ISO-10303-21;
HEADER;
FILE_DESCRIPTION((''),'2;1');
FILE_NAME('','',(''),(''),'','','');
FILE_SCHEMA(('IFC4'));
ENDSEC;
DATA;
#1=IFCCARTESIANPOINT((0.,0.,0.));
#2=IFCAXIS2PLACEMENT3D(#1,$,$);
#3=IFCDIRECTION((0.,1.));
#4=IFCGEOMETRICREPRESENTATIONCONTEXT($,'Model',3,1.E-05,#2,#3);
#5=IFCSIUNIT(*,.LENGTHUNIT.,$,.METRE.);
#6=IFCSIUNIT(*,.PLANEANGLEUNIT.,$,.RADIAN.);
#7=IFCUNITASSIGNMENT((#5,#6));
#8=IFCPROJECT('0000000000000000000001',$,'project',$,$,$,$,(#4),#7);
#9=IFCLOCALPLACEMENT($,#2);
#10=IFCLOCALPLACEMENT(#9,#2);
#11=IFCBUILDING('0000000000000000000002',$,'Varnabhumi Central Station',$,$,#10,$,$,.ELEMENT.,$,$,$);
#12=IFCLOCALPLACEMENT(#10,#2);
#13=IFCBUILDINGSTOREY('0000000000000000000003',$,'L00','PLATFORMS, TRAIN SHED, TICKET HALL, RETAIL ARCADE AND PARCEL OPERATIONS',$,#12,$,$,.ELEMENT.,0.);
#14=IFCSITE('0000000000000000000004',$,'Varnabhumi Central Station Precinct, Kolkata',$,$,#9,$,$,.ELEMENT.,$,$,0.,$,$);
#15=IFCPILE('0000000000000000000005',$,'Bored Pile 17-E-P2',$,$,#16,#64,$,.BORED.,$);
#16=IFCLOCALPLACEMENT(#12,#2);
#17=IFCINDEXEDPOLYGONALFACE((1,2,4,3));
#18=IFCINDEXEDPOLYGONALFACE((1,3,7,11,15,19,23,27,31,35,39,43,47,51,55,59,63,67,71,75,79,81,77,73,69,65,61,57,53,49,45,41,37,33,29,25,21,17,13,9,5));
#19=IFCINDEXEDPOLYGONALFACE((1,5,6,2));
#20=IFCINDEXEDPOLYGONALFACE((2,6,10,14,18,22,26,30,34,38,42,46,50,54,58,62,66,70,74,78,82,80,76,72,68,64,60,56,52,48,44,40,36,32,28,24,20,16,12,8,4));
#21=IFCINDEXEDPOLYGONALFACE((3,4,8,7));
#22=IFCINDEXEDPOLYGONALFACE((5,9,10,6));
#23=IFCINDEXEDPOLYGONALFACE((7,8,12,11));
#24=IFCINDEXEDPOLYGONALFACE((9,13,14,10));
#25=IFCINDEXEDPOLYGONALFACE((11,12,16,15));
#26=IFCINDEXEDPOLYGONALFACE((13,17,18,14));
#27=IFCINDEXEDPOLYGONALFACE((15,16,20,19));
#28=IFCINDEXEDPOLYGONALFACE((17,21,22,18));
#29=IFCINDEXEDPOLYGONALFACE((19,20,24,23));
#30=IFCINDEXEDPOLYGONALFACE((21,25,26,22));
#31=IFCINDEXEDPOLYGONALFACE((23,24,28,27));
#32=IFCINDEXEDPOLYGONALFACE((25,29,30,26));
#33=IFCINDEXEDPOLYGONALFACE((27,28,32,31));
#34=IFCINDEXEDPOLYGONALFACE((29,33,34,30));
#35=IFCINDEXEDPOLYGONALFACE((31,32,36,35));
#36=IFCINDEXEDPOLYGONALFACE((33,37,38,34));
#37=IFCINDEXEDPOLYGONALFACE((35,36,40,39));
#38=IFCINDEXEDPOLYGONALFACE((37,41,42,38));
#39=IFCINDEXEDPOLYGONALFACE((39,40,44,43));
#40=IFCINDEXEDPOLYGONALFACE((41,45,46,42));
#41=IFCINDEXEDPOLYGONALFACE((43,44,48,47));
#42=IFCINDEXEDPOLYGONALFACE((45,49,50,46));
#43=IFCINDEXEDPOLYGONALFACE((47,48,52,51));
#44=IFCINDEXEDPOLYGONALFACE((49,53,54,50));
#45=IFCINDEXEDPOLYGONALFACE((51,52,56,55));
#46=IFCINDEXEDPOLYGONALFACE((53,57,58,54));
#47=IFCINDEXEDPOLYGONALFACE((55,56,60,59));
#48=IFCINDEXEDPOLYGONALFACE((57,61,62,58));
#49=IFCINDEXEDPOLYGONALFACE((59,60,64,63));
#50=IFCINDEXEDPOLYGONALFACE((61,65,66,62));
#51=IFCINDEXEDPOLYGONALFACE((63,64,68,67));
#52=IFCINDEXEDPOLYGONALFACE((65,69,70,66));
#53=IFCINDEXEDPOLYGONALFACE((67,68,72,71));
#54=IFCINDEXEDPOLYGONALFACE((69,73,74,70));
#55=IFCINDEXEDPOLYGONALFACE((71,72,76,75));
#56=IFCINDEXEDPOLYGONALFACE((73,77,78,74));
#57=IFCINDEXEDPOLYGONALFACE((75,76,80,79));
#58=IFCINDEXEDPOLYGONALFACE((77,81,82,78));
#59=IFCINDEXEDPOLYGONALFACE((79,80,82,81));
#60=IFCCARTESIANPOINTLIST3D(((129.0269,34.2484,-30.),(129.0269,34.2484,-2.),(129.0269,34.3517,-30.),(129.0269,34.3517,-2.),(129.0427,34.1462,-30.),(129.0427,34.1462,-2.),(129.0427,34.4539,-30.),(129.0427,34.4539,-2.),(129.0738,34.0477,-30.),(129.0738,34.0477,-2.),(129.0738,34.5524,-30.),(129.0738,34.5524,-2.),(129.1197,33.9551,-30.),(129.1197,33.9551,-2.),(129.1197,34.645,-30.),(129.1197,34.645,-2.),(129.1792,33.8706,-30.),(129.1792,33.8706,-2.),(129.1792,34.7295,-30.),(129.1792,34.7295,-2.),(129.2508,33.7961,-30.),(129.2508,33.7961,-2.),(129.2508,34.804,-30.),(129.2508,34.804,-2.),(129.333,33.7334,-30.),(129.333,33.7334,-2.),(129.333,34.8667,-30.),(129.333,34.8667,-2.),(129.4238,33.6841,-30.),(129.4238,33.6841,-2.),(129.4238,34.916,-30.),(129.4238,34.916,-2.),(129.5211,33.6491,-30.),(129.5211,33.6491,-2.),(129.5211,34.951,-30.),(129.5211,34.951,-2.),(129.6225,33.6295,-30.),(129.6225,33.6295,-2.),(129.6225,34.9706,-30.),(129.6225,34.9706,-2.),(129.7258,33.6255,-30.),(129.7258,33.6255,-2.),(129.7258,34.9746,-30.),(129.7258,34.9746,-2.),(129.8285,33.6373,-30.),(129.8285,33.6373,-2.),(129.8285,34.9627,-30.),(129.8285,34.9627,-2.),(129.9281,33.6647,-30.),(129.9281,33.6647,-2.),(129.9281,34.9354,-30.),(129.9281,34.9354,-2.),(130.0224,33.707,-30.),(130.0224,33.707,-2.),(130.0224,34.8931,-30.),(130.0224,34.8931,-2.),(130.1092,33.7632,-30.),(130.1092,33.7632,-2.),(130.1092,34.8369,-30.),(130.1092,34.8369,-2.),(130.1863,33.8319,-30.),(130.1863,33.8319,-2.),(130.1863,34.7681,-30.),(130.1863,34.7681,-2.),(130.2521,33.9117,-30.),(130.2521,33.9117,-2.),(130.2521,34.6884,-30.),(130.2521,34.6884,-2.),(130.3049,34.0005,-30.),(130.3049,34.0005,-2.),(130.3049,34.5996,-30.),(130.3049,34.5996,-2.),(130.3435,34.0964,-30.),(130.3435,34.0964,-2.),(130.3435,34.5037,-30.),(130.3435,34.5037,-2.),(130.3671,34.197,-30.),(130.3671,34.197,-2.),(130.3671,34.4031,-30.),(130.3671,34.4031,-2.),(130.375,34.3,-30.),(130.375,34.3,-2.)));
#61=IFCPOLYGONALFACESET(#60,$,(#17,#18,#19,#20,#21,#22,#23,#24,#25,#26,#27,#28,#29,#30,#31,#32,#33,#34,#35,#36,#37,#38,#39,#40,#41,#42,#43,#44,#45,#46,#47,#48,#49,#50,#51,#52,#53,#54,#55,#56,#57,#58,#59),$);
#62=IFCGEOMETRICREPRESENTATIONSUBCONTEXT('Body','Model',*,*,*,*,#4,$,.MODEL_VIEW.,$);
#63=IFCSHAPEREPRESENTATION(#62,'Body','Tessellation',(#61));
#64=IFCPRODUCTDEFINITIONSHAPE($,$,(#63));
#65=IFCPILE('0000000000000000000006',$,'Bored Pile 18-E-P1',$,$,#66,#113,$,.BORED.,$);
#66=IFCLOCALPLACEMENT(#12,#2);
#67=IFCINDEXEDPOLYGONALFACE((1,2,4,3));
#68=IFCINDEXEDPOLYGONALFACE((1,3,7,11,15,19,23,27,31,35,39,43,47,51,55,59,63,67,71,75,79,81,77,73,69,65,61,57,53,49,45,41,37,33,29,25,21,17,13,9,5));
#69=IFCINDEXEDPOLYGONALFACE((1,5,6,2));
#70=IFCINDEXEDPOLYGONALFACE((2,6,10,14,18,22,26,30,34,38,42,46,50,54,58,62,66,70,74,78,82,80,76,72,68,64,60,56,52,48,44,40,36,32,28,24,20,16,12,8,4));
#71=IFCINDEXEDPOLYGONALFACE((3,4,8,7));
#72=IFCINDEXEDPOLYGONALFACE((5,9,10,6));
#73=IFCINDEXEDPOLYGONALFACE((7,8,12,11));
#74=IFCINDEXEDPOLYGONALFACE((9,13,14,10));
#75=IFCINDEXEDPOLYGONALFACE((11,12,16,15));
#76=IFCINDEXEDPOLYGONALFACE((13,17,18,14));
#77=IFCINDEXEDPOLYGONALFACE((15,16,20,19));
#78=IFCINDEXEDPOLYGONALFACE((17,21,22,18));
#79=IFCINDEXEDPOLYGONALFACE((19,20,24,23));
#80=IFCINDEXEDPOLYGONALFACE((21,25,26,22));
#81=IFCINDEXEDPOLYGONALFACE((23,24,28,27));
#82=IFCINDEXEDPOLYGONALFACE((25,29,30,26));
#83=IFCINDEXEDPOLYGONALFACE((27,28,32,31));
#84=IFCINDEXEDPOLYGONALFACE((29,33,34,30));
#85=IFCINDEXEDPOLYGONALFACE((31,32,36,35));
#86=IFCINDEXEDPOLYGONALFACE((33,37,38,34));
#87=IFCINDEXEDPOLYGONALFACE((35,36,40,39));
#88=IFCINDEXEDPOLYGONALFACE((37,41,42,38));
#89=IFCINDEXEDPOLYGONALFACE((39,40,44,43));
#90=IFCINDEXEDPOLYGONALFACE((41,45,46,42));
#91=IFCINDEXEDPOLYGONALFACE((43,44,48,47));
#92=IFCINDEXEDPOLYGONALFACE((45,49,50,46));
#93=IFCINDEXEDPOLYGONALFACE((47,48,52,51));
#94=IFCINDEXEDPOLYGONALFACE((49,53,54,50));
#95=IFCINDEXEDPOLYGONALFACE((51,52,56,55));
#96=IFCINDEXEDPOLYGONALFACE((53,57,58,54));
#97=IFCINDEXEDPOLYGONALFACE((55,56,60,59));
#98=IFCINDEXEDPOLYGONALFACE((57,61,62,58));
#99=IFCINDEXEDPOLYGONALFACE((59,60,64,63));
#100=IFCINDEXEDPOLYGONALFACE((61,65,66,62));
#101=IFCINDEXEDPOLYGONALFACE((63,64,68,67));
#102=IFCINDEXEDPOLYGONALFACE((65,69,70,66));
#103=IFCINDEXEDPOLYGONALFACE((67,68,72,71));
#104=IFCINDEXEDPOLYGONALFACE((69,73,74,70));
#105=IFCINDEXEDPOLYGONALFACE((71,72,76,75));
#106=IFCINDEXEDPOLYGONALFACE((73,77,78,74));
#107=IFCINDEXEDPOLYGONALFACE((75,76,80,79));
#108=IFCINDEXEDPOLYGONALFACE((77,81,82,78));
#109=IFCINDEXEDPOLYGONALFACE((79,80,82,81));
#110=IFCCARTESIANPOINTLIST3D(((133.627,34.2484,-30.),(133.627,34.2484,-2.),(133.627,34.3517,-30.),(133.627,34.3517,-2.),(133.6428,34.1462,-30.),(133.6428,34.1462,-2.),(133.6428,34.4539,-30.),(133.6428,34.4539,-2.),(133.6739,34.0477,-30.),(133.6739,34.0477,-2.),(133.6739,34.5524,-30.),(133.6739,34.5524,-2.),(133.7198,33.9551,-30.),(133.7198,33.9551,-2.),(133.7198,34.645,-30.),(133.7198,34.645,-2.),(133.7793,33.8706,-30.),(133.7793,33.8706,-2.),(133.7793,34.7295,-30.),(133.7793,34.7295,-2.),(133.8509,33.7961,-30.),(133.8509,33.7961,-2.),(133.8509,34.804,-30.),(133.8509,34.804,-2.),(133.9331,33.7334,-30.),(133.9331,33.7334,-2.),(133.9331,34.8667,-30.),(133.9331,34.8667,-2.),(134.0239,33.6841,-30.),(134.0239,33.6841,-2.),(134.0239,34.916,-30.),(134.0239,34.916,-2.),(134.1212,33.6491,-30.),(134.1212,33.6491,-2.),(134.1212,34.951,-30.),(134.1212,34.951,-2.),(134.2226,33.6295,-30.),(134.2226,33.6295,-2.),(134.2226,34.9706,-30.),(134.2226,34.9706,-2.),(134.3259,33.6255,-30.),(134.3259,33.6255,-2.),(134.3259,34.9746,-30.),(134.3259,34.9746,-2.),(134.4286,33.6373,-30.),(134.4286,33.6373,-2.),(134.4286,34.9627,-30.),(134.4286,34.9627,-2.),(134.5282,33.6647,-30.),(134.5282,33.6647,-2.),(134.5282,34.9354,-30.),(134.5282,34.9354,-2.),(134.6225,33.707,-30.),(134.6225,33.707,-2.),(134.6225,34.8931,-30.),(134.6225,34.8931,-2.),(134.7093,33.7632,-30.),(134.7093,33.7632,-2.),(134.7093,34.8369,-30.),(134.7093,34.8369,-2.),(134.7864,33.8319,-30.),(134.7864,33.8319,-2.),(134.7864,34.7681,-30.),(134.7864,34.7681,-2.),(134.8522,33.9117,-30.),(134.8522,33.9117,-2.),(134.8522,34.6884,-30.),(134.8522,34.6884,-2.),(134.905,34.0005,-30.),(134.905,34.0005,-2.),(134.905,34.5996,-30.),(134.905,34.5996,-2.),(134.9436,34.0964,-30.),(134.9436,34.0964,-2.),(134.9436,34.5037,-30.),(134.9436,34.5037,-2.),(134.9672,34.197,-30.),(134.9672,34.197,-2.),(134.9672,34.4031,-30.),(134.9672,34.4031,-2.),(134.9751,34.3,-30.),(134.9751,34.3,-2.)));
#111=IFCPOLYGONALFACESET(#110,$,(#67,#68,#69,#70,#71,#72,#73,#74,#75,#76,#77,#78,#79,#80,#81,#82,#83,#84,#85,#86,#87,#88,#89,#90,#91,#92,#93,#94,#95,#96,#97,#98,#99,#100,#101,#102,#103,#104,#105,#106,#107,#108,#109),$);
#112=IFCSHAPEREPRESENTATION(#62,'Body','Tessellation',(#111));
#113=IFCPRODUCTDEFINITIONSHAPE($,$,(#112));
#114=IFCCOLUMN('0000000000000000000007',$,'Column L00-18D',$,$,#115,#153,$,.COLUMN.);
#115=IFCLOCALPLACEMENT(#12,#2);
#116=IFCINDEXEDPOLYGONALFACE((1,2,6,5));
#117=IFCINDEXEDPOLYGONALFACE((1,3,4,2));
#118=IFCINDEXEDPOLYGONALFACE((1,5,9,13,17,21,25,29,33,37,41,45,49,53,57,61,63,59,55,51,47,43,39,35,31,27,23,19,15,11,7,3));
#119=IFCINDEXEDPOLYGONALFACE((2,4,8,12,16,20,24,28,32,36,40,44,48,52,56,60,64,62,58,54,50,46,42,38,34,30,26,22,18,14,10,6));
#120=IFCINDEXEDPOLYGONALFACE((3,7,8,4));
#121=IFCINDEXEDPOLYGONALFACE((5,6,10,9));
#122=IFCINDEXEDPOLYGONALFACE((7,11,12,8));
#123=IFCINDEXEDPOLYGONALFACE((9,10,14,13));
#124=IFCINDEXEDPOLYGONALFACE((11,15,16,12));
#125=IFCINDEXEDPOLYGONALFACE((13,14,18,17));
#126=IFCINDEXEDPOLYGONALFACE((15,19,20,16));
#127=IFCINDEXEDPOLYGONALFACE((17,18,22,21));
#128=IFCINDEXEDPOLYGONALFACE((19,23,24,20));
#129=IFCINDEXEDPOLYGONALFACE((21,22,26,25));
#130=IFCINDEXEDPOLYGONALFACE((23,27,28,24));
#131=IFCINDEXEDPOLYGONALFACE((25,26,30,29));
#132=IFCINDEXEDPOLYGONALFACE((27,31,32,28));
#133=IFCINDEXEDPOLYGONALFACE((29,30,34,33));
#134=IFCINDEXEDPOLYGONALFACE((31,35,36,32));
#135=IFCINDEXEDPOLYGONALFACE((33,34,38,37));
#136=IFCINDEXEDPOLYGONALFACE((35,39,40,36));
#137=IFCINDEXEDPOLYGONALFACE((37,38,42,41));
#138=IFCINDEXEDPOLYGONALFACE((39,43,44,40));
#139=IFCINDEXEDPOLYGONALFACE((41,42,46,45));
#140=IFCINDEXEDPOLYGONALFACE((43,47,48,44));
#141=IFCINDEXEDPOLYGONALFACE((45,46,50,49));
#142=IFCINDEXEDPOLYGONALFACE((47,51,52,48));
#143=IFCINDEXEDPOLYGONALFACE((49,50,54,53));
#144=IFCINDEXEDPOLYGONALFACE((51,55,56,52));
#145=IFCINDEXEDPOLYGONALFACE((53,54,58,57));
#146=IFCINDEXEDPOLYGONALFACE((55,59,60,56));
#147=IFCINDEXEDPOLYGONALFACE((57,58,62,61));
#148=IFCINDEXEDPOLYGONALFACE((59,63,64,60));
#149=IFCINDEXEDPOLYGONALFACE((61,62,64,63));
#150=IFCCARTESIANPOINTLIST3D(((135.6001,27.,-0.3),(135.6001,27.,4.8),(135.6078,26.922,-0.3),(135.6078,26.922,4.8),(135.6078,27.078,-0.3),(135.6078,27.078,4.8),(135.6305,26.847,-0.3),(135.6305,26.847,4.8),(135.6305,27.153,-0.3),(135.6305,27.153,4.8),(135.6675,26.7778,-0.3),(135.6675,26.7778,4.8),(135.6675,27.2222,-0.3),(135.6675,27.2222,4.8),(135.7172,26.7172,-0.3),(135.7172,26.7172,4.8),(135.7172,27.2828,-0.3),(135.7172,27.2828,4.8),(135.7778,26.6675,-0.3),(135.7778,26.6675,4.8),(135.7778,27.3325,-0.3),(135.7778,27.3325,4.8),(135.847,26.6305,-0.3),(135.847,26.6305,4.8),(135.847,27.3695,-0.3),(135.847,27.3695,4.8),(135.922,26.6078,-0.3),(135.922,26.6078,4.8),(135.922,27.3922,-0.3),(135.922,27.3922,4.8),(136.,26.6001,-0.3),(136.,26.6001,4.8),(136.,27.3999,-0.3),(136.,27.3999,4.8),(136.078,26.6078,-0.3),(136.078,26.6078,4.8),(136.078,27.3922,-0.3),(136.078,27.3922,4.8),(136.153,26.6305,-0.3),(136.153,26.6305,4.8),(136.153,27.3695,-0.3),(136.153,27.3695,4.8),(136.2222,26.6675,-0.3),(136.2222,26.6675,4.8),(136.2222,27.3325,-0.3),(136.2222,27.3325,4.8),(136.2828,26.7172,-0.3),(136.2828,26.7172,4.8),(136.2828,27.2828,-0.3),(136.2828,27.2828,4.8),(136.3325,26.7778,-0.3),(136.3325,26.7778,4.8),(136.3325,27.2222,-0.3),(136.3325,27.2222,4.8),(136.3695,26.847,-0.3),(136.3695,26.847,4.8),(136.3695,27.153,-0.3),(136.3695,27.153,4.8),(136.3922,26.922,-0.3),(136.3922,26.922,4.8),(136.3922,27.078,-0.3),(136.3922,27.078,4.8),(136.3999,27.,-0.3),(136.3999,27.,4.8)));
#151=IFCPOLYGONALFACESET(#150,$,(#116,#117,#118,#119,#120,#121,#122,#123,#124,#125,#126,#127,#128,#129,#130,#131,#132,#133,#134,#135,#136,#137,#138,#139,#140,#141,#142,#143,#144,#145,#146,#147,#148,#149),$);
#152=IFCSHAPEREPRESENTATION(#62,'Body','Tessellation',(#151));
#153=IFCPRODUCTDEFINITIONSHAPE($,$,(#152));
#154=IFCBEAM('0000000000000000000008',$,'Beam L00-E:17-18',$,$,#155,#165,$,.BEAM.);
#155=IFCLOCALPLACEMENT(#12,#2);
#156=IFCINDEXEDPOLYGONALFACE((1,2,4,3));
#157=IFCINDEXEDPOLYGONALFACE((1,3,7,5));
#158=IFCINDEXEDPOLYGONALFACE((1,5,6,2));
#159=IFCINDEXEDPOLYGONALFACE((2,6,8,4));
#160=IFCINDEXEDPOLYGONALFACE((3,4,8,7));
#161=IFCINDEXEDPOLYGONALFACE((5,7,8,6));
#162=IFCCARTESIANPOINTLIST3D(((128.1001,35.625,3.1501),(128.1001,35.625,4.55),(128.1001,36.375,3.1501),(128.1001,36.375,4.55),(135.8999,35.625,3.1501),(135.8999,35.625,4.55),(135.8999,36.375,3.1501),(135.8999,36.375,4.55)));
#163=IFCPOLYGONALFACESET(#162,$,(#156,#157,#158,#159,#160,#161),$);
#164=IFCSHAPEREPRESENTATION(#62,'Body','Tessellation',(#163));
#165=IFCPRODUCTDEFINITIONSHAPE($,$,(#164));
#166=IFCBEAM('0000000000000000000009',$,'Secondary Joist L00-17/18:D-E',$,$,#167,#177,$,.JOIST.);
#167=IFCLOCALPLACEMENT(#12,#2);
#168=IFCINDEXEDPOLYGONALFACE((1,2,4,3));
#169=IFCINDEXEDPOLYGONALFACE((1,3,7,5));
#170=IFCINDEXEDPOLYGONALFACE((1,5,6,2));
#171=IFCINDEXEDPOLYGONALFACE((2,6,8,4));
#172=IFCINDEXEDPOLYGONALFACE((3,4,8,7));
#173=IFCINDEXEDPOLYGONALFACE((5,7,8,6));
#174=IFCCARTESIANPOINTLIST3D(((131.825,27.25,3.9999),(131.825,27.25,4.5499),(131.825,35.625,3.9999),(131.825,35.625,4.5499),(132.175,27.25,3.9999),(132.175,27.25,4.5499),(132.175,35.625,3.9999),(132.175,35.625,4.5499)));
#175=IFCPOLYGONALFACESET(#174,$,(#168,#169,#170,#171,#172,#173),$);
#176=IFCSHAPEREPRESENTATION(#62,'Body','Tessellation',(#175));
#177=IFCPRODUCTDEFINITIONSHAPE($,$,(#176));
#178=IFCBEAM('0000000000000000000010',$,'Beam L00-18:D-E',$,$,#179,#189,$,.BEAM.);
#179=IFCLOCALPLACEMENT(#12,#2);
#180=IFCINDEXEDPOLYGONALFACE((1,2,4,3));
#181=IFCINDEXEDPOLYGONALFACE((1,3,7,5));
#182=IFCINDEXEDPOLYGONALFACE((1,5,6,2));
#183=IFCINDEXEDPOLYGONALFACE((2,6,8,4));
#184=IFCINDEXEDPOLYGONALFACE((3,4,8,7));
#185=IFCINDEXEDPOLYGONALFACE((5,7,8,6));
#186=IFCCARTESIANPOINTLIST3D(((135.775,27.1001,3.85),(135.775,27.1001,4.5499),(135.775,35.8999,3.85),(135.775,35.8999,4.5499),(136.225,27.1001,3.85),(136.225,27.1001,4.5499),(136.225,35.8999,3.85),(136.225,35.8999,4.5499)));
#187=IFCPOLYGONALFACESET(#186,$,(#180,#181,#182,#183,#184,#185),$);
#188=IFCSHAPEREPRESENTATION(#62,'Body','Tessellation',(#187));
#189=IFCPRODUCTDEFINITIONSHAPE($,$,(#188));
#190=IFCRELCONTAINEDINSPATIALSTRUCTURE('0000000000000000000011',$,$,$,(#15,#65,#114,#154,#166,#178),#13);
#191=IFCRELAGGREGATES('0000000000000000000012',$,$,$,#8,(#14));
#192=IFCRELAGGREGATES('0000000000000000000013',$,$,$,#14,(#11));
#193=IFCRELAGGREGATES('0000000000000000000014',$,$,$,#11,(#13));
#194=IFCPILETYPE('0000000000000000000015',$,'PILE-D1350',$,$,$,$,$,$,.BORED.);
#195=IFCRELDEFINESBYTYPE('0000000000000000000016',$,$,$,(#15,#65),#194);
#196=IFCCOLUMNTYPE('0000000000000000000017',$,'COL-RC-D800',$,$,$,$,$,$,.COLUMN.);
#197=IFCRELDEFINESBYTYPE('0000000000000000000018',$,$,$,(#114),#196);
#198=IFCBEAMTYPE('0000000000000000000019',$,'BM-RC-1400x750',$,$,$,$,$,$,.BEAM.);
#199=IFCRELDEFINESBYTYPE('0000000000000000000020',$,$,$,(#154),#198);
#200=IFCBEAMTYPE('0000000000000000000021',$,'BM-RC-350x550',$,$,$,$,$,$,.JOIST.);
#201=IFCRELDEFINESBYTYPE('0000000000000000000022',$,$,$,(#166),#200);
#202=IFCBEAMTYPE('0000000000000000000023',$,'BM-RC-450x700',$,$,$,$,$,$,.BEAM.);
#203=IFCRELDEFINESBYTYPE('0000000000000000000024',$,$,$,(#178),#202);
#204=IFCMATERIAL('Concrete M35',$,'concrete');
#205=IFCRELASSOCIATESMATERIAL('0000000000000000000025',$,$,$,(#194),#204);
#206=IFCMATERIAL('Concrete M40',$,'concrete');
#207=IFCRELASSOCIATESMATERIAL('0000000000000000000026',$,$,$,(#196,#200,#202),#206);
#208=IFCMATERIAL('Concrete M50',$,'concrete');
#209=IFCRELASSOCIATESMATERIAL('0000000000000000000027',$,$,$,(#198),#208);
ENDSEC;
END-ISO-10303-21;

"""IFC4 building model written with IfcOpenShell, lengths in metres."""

from ifc_helpers import new_model, si_unit, direction, frame, origin, origin_2d, place, context, subcontext, project, spatial, rectangle, circle, extrude, material, material_profile, profile_set, type_object, element, save


model = new_model("IFC4")

# Units and contexts
model_context = context("Model", 3, precision=1e-05, world=origin(), true_north=direction((0.0, 1.0)))
body_context = subcontext(model_context, "Body", "Model", "MODEL_VIEW")
ifc_project = project(units=[si_unit("LENGTHUNIT", "METRE"), si_unit("PLANEANGLEUNIT", "RADIAN")], contexts=[model_context])

# Site, building, storey
site_placement = place(None, origin())
site = spatial("IfcSite", under=ifc_project, at=site_placement, Name="Varnabhumi Central Station Precinct, Kolkata", CompositionType="ELEMENT", RefElevation=0.0)
building_placement = place(site_placement, origin())
building = spatial("IfcBuilding", under=site, at=building_placement, Name="Varnabhumi Central Station", CompositionType="ELEMENT")
storey_placement = place(building_placement, origin())
storey = spatial("IfcBuildingStorey", under=building, at=storey_placement, Name="L00", Description="PLATFORMS, TRAIN SHED, TICKET HALL, RETAIL ARCADE AND PARCEL OPERATIONS", CompositionType="ELEMENT", Elevation=0.0)

# Shared definitions
ifc_material_1 = material(Name="Concrete M40", Category="concrete")

# Piles
ifc_material_2 = material(Name="Concrete M35", Category="concrete")
ifc_material_profile_1 = material_profile(ifc_material_2, circle(Radius=0.675, at=origin_2d()), Name="Concrete M35", Category="concrete")
ifc_profile_set_1 = profile_set([ifc_material_profile_1], Name="Concrete M35")
pile_type_1 = type_object("IfcPileType", Name="PILE-D1350", PredefinedType="BORED", material=ifc_profile_set_1)
for number, where, z_axis, x_axis, name in (
    (1, (129.7, 34.3, -2.0), (0.0, 0.0, -1.0), (1.0, 0.0, 0.0), "Bored Pile 17-E-P2"),
    (2, (134.3, 34.3, -2.0), (0.0, 0.0, -1.0), (1.0, 0.0, 0.0), "Bored Pile 18-E-P1"),
):
    element("IfcPile", number, at=place(storey_placement, frame(where, z_axis=z_axis, x_axis=x_axis)), inside=storey, type_object=pile_type_1, Name=name, PredefinedType="BORED", context=body_context, shape_type="SweptSolid", body=[
        extrude(circle(Radius=0.675, at=origin_2d()), origin(), (0.0, 0.0, 1.0), 28.0),
    ])

# Column
ifc_material_profile_2 = material_profile(ifc_material_1, circle(Radius=0.3999, at=origin_2d()), Name="Concrete M40", Category="concrete")
ifc_profile_set_2 = profile_set([ifc_material_profile_2], Name="Concrete M40")
column_type = type_object("IfcColumnType", Name="COL-RC-D800", PredefinedType="COLUMN", material=ifc_profile_set_2)
column_placement = place(storey_placement, frame((136.0, 27.0, -0.3), z_axis=(0.0, 0.0, 1.0), x_axis=(1.0, 0.0, 0.0)))
element("IfcColumn", 3, at=column_placement, inside=storey, type_object=column_type, Name="Column L00-18D", PredefinedType="COLUMN", context=body_context, shape_type="SweptSolid", body=[
    extrude(circle(Radius=0.3999, at=origin_2d()), origin(), (0.0, 0.0, 1.0), 5.1001),
])

# Beams
ifc_material_3 = material(Name="Concrete M50", Category="concrete")
ifc_material_profile_3 = material_profile(ifc_material_3, rectangle(XDim=0.75, YDim=1.3999, at=origin_2d()), Name="Concrete M50", Category="concrete")
ifc_profile_set_3 = profile_set([ifc_material_profile_3], Name="Concrete M50")
beam_type_1 = type_object("IfcBeamType", Name="BM-RC-1400x750", PredefinedType="BEAM", material=ifc_profile_set_3)
beam_1_placement = place(storey_placement, frame((128.1001, 36.0, 3.8501), z_axis=(1.0, 0.0, 0.0), x_axis=(0.0, 1.0, 0.0)))
element("IfcBeam", 4, at=beam_1_placement, inside=storey, type_object=beam_type_1, Name="Beam L00-E:17-18", PredefinedType="BEAM", context=body_context, shape_type="SweptSolid", body=[
    extrude(rectangle(XDim=0.75, YDim=1.3999, at=origin_2d()), origin(), (0.0, 0.0, 1.0), 7.7998),
])
ifc_material_profile_4 = material_profile(ifc_material_1, rectangle(XDim=0.3501, YDim=0.55, at=origin_2d()), Name="Concrete M40", Category="concrete")
ifc_profile_set_4 = profile_set([ifc_material_profile_4], Name="Concrete M40")
beam_type_2 = type_object("IfcBeamType", Name="BM-RC-350x550", PredefinedType="JOIST", material=ifc_profile_set_4)
beam_2_placement = place(storey_placement, frame((132.0, 27.25, 4.2749), z_axis=(0.0, 1.0, 0.0), x_axis=(-1.0, 0.0, 0.0)))
element("IfcBeam", 5, at=beam_2_placement, inside=storey, type_object=beam_type_2, Name="Secondary Joist L00-17/18:D-E", PredefinedType="JOIST", context=body_context, shape_type="SweptSolid", body=[
    extrude(rectangle(XDim=0.3501, YDim=0.55, at=origin_2d()), origin(), (0.0, 0.0, 1.0), 8.375),
])
ifc_material_profile_5 = material_profile(ifc_material_1, rectangle(XDim=0.45, YDim=0.7, at=origin_2d()), Name="Concrete M40", Category="concrete")
ifc_profile_set_5 = profile_set([ifc_material_profile_5], Name="Concrete M40")
beam_type_3 = type_object("IfcBeamType", Name="BM-RC-450x700", PredefinedType="BEAM", material=ifc_profile_set_5)
beam_3_placement = place(storey_placement, frame((136.0, 27.1001, 4.2), z_axis=(0.0, 1.0, 0.0), x_axis=(-1.0, 0.0, 0.0)))
element("IfcBeam", 6, at=beam_3_placement, inside=storey, type_object=beam_type_3, Name="Beam L00-18:D-E", PredefinedType="BEAM", context=body_context, shape_type="SweptSolid", body=[
    extrude(rectangle(XDim=0.45, YDim=0.7, at=origin_2d()), origin(), (0.0, 0.0, 1.0), 8.7998),
])

save(model, "model.ifc")
